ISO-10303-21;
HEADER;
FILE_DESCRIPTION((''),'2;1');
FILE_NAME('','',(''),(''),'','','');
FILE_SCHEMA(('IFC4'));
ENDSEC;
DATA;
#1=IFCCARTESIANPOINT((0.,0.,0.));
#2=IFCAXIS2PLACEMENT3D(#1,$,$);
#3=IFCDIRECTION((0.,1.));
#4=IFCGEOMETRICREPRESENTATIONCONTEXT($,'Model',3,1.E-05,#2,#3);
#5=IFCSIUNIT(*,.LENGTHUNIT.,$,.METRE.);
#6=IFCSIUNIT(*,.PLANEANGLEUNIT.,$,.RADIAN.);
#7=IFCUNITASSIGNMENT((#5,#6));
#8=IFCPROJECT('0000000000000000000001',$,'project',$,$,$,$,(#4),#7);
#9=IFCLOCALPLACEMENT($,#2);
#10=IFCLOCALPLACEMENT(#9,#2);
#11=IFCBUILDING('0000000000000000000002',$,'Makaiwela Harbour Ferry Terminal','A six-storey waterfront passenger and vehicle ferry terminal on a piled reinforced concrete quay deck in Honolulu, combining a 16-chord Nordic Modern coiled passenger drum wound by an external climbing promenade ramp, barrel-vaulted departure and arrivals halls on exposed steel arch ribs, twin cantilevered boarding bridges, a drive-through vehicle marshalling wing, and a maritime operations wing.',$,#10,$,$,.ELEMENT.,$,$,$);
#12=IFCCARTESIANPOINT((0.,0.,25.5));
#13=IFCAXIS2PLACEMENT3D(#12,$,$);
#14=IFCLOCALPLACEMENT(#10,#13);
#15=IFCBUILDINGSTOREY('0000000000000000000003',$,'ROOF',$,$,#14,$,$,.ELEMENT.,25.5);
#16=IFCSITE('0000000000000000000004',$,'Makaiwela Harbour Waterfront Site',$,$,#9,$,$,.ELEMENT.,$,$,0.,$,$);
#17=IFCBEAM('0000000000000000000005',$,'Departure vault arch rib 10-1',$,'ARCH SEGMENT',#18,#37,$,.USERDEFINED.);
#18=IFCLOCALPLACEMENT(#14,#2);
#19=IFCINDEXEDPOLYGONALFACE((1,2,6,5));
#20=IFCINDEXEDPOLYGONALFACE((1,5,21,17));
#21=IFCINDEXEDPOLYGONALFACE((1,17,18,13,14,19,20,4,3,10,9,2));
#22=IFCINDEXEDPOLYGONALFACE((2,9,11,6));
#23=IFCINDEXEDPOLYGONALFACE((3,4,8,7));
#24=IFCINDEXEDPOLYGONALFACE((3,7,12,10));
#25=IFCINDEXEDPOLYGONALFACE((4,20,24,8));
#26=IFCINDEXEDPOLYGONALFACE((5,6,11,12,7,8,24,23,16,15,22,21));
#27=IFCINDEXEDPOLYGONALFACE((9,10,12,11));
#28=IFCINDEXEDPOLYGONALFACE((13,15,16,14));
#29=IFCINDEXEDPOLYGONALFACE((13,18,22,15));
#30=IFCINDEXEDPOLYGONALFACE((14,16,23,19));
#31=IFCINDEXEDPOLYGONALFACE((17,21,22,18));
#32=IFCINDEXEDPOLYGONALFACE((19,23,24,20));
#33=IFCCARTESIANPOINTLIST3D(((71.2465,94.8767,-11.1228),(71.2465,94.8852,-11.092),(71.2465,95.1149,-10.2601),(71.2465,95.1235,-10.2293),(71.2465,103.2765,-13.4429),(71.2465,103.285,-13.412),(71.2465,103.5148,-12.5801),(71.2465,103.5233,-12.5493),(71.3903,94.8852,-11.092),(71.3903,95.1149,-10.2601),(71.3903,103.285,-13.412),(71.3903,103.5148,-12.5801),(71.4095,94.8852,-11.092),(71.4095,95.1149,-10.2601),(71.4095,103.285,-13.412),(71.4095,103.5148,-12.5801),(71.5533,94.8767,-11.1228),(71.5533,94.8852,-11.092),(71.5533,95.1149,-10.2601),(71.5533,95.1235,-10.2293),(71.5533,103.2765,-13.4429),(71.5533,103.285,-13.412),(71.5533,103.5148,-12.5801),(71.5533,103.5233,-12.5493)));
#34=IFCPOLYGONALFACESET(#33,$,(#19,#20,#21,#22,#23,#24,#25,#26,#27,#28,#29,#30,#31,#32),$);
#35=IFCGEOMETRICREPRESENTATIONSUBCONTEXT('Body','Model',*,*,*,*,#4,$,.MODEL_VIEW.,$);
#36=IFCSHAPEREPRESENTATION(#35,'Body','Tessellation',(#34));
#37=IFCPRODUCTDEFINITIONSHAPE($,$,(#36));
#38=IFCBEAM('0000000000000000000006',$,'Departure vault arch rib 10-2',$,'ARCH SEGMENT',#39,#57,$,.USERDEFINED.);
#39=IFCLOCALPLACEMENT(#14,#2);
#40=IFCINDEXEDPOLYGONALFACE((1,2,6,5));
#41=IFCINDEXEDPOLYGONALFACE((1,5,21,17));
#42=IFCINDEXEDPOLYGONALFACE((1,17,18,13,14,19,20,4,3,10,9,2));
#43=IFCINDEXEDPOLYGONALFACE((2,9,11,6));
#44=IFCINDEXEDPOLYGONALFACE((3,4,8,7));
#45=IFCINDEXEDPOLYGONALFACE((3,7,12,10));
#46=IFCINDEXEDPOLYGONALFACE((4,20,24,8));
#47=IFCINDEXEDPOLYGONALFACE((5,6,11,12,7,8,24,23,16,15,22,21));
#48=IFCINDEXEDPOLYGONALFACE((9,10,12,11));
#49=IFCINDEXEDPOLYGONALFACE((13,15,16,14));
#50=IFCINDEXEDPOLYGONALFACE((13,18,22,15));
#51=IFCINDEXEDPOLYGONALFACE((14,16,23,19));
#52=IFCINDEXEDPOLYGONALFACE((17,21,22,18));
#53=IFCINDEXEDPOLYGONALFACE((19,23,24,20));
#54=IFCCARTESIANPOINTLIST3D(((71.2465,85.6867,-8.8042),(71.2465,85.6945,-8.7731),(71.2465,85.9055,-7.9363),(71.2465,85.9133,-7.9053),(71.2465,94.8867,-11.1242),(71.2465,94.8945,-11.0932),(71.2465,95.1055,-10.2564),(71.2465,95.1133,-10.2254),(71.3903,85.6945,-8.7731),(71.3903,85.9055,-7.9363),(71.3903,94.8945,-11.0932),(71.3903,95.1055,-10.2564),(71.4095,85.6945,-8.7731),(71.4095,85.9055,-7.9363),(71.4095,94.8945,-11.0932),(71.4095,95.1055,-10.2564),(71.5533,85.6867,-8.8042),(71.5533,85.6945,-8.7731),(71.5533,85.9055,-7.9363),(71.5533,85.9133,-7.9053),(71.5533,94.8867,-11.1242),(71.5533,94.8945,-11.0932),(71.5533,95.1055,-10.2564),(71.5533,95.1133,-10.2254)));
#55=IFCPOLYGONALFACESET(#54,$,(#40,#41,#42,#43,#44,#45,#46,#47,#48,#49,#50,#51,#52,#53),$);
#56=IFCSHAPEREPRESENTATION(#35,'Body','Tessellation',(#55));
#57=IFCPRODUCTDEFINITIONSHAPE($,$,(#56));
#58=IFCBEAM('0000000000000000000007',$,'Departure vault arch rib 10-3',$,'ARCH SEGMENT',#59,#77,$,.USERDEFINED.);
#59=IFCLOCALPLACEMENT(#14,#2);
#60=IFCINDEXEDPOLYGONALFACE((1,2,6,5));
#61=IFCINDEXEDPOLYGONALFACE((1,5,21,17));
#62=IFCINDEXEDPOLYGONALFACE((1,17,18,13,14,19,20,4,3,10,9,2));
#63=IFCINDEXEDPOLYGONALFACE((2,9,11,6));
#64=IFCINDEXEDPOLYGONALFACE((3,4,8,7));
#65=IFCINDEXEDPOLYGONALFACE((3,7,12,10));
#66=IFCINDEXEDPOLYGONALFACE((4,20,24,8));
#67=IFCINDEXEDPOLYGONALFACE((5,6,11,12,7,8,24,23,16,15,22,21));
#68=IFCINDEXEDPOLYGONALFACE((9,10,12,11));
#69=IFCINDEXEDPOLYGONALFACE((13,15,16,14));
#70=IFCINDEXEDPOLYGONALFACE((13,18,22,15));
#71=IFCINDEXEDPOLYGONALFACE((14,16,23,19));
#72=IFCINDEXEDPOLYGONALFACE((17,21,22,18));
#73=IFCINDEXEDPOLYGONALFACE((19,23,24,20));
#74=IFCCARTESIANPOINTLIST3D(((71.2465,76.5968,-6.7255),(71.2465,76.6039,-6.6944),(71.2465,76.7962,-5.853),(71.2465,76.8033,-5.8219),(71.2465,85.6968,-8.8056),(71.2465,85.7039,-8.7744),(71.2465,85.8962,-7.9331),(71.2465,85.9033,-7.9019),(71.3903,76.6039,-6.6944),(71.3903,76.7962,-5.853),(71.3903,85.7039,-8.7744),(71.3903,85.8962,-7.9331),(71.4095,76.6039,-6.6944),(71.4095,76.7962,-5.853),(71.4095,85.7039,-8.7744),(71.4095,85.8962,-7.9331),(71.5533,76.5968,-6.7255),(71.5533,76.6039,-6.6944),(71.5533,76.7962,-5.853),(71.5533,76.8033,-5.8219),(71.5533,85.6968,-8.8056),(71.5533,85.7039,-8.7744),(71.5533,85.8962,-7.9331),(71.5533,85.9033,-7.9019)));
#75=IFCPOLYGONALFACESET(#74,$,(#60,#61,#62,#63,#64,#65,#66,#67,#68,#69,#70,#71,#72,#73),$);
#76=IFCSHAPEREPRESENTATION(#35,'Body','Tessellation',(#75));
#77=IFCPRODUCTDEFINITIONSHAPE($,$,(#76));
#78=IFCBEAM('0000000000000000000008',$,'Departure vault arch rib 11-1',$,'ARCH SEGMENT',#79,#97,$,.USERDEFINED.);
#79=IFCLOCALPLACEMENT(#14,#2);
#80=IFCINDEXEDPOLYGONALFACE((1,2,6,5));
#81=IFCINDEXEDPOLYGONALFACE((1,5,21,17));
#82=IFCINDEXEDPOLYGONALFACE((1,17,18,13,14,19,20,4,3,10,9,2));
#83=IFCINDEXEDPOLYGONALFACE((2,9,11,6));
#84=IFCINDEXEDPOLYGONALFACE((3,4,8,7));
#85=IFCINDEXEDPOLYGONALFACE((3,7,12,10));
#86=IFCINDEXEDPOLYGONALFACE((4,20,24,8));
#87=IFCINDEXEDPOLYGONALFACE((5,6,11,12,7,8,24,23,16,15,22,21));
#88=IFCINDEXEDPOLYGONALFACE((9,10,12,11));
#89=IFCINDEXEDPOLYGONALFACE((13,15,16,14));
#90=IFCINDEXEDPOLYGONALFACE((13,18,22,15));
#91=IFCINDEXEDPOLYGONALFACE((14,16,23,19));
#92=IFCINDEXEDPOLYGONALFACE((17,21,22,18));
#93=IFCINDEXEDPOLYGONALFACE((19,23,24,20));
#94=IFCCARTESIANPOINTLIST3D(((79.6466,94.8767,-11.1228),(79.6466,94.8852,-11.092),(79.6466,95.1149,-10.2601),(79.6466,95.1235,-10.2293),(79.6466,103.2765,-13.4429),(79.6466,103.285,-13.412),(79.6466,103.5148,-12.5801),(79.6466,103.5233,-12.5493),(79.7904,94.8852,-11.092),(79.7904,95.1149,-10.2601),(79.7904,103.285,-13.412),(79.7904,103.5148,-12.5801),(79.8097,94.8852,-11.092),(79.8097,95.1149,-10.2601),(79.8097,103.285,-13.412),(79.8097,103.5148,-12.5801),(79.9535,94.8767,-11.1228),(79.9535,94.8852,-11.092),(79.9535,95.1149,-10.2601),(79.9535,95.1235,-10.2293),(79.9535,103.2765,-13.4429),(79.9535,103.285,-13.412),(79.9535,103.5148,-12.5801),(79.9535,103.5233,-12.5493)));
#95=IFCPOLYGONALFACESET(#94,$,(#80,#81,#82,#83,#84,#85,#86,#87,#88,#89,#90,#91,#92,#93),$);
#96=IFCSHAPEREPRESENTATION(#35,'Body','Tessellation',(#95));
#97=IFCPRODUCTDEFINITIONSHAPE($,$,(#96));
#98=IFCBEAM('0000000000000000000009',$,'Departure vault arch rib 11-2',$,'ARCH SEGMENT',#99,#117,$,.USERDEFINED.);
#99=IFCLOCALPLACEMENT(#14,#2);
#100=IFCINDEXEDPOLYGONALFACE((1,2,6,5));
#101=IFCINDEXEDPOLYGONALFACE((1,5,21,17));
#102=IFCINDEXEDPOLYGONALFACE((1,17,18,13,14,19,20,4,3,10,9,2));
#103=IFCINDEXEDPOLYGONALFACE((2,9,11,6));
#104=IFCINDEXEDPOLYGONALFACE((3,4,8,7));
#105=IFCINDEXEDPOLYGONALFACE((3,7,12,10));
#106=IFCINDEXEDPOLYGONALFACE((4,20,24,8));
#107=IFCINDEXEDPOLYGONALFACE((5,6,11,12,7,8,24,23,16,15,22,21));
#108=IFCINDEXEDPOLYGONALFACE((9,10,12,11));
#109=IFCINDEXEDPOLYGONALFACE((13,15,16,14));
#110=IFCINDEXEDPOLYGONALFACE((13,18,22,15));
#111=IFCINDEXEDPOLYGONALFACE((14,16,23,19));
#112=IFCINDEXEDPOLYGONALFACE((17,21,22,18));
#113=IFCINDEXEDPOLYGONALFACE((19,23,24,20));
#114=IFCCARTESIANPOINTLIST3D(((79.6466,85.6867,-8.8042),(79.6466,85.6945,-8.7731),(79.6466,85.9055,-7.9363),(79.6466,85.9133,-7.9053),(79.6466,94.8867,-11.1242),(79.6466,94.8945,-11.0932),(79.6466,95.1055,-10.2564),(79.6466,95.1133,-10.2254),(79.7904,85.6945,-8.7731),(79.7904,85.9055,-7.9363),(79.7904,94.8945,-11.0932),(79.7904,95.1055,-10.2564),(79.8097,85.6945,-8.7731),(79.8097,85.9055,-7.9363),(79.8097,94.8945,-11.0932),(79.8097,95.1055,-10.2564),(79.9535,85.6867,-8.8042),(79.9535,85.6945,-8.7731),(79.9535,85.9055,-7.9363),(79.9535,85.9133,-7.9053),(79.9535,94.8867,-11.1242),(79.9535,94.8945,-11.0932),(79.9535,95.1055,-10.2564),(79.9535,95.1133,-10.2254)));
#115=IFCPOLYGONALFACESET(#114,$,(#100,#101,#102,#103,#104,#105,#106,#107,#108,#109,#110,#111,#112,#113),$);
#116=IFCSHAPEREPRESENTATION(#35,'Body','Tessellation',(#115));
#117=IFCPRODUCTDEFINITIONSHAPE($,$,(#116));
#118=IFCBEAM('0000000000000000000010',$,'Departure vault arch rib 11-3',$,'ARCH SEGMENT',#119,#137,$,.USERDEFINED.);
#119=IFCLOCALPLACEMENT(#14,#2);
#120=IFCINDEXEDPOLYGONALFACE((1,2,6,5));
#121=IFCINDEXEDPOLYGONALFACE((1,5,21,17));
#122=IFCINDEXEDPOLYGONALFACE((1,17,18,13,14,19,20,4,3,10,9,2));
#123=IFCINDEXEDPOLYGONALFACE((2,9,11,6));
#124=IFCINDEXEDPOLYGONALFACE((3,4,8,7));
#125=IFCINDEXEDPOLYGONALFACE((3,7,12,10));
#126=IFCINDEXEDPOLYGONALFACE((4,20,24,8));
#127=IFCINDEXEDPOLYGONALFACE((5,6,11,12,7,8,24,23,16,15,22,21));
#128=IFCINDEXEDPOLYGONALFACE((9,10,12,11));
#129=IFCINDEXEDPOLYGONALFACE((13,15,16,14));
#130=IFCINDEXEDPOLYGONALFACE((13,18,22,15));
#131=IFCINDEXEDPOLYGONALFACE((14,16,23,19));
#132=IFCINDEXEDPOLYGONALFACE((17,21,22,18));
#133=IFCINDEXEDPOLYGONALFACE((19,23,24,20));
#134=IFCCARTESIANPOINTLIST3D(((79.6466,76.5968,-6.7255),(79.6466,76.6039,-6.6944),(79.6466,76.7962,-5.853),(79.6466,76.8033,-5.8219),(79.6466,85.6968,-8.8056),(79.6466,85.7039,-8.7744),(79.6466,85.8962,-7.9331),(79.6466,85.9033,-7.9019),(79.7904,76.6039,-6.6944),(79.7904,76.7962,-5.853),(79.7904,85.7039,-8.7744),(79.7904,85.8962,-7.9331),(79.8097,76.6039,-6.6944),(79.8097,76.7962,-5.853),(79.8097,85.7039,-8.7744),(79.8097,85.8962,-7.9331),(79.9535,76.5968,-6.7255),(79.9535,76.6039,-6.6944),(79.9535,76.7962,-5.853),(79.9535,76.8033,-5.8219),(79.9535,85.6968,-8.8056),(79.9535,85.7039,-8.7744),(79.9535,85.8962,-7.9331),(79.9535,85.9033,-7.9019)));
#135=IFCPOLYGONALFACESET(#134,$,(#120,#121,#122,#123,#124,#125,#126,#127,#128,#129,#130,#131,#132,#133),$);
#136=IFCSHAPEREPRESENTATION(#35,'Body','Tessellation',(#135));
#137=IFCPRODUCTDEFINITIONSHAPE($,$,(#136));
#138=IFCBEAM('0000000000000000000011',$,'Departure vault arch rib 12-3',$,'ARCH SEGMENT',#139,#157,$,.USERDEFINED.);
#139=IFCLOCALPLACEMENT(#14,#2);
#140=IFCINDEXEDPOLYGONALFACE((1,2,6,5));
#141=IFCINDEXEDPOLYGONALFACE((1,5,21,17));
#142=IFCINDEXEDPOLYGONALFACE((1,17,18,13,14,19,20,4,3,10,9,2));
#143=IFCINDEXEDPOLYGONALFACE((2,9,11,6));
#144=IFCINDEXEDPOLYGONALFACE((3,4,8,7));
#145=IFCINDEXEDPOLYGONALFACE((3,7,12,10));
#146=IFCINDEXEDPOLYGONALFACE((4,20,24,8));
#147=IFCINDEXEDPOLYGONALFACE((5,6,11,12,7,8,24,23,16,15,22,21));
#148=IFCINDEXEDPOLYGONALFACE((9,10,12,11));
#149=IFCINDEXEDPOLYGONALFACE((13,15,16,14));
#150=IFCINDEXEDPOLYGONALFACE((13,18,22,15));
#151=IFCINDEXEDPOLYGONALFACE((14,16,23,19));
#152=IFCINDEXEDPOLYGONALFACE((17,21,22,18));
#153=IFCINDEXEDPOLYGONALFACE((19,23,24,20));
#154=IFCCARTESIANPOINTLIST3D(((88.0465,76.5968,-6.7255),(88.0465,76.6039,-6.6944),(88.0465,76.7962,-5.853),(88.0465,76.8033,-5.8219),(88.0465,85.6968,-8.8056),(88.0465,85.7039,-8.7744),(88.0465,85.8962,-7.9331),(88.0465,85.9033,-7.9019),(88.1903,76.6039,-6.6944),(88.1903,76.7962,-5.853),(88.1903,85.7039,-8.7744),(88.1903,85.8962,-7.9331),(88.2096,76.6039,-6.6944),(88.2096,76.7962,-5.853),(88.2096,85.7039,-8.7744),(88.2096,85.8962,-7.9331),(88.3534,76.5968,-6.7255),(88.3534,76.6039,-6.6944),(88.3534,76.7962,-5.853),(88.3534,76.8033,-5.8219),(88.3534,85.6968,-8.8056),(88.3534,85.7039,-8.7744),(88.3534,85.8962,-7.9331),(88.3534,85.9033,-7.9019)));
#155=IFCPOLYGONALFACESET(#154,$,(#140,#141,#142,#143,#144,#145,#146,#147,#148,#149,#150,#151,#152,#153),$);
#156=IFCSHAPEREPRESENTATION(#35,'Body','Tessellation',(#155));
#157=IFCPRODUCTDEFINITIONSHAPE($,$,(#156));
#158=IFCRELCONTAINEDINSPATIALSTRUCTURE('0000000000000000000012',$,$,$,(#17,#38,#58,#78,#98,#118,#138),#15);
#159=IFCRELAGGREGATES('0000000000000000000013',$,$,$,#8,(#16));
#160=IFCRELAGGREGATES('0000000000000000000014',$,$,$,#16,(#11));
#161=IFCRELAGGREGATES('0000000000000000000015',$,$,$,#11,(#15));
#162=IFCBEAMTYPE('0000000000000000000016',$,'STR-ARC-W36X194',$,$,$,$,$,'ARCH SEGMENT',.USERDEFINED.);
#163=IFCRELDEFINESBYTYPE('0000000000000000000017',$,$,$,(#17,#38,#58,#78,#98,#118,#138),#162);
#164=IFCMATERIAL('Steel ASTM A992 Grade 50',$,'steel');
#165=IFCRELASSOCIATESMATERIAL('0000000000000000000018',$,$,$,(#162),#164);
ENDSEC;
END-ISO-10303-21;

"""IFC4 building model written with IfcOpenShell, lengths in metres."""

from ifc_helpers import new_model, si_unit, direction, frame, origin, origin_2d, place, context, subcontext, project, spatial, i_section, extrude, material, material_profile, profile_set, type_object, element, save


model = new_model("IFC4")

# Units and contexts
model_context = context("Model", 3, precision=1e-05, world=origin(), true_north=direction((0.0, 1.0)))
body_context = subcontext(model_context, "Body", "Model", "MODEL_VIEW")
ifc_project = project(units=[si_unit("LENGTHUNIT", "METRE"), si_unit("PLANEANGLEUNIT", "RADIAN")], contexts=[model_context])

# Site, building, storey
site_placement = place(None, origin())
site = spatial("IfcSite", under=ifc_project, at=site_placement, Name="Makaiwela Harbour Waterfront Site", CompositionType="ELEMENT", RefElevation=0.0)
building_placement = place(site_placement, origin())
building = spatial("IfcBuilding", under=site, at=building_placement, Name="Makaiwela Harbour Ferry Terminal", Description="A six-storey waterfront passenger and vehicle ferry terminal on a piled reinforced concrete quay deck in Honolulu, combining a 16-chord Nordic Modern coiled passenger drum wound by an external climbing promenade ramp, barrel-vaulted departure and arrivals halls on exposed steel arch ribs, twin cantilevered boarding bridges, a drive-through vehicle marshalling wing, and a maritime operations wing.", CompositionType="ELEMENT")
storey_placement = place(building_placement, frame((0.0, 0.0, 25.5)))
storey = spatial("IfcBuildingStorey", under=building, at=storey_placement, Name="ROOF", CompositionType="ELEMENT", Elevation=25.5)

# Beams
ifc_material_1 = material(Name="Steel ASTM A992 Grade 50", Category="steel")
ifc_material_profile_1 = material_profile(ifc_material_1, i_section(OverallWidth=0.3069, OverallDepth=0.927, WebThickness=0.0193, FlangeThickness=0.032, at=origin_2d()), Name="W36X194")
ifc_profile_set_1 = profile_set([ifc_material_profile_1], Name="Steel ASTM A992 Grade 50")
beam_type = type_object("IfcBeamType", Name="STR-ARC-W36X194", ElementType="ARCH SEGMENT", PredefinedType="USERDEFINED", material=ifc_profile_set_1)
beam_1_placement = place(storey_placement, frame((71.3999, 103.3999, -12.9961), z_axis=(0.0, -0.963909, 0.266233), x_axis=(1.0, 0.0, 0.0)))
element("IfcBeam", 1, at=beam_1_placement, inside=storey, type_object=beam_type, Name="Departure vault arch rib 10-1", ObjectType="ARCH SEGMENT", PredefinedType="USERDEFINED", context=body_context, shape_type="SweptSolid", body=[
    extrude(i_section(OverallWidth=0.3069, OverallDepth=0.927, WebThickness=0.0193, FlangeThickness=0.032, at=origin_2d()), origin(), (0.0, 0.0, 1.0), 8.7144),
])
beam_2_placement = place(storey_placement, frame((71.3999, 95.0, -10.6748), z_axis=(0.0, -0.969642, 0.244527), x_axis=(1.0, 0.0, 0.0)))
element("IfcBeam", 2, at=beam_2_placement, inside=storey, type_object=beam_type, Name="Departure vault arch rib 10-2", ObjectType="ARCH SEGMENT", PredefinedType="USERDEFINED", context=body_context, shape_type="SweptSolid", body=[
    extrude(i_section(OverallWidth=0.3069, OverallDepth=0.927, WebThickness=0.0193, FlangeThickness=0.032, at=origin_2d()), origin(), (0.0, 0.0, 1.0), 9.488),
])
beam_3_placement = place(storey_placement, frame((71.3999, 85.8, -8.3538), z_axis=(0.0, -0.974857, 0.22283), x_axis=(1.0, 0.0, 0.0)))
element("IfcBeam", 3, at=beam_3_placement, inside=storey, type_object=beam_type, Name="Departure vault arch rib 10-3", ObjectType="ARCH SEGMENT", PredefinedType="USERDEFINED", context=body_context, shape_type="SweptSolid", body=[
    extrude(i_section(OverallWidth=0.3069, OverallDepth=0.927, WebThickness=0.0193, FlangeThickness=0.032, at=origin_2d()), origin(), (0.0, 0.0, 1.0), 9.3347),
])
beam_4_placement = place(storey_placement, frame((79.8, 103.3999, -12.9961), z_axis=(0.0, -0.963909, 0.266233), x_axis=(1.0, 0.0, 0.0)))
element("IfcBeam", 4, at=beam_4_placement, inside=storey, type_object=beam_type, Name="Departure vault arch rib 11-1", ObjectType="ARCH SEGMENT", PredefinedType="USERDEFINED", context=body_context, shape_type="SweptSolid", body=[
    extrude(i_section(OverallWidth=0.3069, OverallDepth=0.927, WebThickness=0.0193, FlangeThickness=0.032, at=origin_2d()), origin(), (0.0, 0.0, 1.0), 8.7144),
])
beam_5_placement = place(storey_placement, frame((79.8, 95.0, -10.6748), z_axis=(0.0, -0.969642, 0.244527), x_axis=(1.0, 0.0, 0.0)))
element("IfcBeam", 5, at=beam_5_placement, inside=storey, type_object=beam_type, Name="Departure vault arch rib 11-2", ObjectType="ARCH SEGMENT", PredefinedType="USERDEFINED", context=body_context, shape_type="SweptSolid", body=[
    extrude(i_section(OverallWidth=0.3069, OverallDepth=0.927, WebThickness=0.0193, FlangeThickness=0.032, at=origin_2d()), origin(), (0.0, 0.0, 1.0), 9.488),
])
for number, where, z_axis, x_axis, name in (
    (6, (79.8, 85.8, -8.3538), (0.0, -0.974857, 0.22283), (1.0, 0.0, 0.0), "Departure vault arch rib 11-3"),
    (7, (88.2, 85.8, -8.3538), (0.0, -0.974857, 0.22283), (1.0, 0.0, 0.0), "Departure vault arch rib 12-3"),
):
    element("IfcBeam", number, at=place(storey_placement, frame(where, z_axis=z_axis, x_axis=x_axis)), inside=storey, type_object=beam_type, Name=name, ObjectType="ARCH SEGMENT", PredefinedType="USERDEFINED", context=body_context, shape_type="SweptSolid", body=[
        extrude(i_section(OverallWidth=0.3069, OverallDepth=0.927, WebThickness=0.0193, FlangeThickness=0.032, at=origin_2d()), origin(), (0.0, 0.0, 1.0), 9.3347),
    ])

save(model, "model.ifc")
